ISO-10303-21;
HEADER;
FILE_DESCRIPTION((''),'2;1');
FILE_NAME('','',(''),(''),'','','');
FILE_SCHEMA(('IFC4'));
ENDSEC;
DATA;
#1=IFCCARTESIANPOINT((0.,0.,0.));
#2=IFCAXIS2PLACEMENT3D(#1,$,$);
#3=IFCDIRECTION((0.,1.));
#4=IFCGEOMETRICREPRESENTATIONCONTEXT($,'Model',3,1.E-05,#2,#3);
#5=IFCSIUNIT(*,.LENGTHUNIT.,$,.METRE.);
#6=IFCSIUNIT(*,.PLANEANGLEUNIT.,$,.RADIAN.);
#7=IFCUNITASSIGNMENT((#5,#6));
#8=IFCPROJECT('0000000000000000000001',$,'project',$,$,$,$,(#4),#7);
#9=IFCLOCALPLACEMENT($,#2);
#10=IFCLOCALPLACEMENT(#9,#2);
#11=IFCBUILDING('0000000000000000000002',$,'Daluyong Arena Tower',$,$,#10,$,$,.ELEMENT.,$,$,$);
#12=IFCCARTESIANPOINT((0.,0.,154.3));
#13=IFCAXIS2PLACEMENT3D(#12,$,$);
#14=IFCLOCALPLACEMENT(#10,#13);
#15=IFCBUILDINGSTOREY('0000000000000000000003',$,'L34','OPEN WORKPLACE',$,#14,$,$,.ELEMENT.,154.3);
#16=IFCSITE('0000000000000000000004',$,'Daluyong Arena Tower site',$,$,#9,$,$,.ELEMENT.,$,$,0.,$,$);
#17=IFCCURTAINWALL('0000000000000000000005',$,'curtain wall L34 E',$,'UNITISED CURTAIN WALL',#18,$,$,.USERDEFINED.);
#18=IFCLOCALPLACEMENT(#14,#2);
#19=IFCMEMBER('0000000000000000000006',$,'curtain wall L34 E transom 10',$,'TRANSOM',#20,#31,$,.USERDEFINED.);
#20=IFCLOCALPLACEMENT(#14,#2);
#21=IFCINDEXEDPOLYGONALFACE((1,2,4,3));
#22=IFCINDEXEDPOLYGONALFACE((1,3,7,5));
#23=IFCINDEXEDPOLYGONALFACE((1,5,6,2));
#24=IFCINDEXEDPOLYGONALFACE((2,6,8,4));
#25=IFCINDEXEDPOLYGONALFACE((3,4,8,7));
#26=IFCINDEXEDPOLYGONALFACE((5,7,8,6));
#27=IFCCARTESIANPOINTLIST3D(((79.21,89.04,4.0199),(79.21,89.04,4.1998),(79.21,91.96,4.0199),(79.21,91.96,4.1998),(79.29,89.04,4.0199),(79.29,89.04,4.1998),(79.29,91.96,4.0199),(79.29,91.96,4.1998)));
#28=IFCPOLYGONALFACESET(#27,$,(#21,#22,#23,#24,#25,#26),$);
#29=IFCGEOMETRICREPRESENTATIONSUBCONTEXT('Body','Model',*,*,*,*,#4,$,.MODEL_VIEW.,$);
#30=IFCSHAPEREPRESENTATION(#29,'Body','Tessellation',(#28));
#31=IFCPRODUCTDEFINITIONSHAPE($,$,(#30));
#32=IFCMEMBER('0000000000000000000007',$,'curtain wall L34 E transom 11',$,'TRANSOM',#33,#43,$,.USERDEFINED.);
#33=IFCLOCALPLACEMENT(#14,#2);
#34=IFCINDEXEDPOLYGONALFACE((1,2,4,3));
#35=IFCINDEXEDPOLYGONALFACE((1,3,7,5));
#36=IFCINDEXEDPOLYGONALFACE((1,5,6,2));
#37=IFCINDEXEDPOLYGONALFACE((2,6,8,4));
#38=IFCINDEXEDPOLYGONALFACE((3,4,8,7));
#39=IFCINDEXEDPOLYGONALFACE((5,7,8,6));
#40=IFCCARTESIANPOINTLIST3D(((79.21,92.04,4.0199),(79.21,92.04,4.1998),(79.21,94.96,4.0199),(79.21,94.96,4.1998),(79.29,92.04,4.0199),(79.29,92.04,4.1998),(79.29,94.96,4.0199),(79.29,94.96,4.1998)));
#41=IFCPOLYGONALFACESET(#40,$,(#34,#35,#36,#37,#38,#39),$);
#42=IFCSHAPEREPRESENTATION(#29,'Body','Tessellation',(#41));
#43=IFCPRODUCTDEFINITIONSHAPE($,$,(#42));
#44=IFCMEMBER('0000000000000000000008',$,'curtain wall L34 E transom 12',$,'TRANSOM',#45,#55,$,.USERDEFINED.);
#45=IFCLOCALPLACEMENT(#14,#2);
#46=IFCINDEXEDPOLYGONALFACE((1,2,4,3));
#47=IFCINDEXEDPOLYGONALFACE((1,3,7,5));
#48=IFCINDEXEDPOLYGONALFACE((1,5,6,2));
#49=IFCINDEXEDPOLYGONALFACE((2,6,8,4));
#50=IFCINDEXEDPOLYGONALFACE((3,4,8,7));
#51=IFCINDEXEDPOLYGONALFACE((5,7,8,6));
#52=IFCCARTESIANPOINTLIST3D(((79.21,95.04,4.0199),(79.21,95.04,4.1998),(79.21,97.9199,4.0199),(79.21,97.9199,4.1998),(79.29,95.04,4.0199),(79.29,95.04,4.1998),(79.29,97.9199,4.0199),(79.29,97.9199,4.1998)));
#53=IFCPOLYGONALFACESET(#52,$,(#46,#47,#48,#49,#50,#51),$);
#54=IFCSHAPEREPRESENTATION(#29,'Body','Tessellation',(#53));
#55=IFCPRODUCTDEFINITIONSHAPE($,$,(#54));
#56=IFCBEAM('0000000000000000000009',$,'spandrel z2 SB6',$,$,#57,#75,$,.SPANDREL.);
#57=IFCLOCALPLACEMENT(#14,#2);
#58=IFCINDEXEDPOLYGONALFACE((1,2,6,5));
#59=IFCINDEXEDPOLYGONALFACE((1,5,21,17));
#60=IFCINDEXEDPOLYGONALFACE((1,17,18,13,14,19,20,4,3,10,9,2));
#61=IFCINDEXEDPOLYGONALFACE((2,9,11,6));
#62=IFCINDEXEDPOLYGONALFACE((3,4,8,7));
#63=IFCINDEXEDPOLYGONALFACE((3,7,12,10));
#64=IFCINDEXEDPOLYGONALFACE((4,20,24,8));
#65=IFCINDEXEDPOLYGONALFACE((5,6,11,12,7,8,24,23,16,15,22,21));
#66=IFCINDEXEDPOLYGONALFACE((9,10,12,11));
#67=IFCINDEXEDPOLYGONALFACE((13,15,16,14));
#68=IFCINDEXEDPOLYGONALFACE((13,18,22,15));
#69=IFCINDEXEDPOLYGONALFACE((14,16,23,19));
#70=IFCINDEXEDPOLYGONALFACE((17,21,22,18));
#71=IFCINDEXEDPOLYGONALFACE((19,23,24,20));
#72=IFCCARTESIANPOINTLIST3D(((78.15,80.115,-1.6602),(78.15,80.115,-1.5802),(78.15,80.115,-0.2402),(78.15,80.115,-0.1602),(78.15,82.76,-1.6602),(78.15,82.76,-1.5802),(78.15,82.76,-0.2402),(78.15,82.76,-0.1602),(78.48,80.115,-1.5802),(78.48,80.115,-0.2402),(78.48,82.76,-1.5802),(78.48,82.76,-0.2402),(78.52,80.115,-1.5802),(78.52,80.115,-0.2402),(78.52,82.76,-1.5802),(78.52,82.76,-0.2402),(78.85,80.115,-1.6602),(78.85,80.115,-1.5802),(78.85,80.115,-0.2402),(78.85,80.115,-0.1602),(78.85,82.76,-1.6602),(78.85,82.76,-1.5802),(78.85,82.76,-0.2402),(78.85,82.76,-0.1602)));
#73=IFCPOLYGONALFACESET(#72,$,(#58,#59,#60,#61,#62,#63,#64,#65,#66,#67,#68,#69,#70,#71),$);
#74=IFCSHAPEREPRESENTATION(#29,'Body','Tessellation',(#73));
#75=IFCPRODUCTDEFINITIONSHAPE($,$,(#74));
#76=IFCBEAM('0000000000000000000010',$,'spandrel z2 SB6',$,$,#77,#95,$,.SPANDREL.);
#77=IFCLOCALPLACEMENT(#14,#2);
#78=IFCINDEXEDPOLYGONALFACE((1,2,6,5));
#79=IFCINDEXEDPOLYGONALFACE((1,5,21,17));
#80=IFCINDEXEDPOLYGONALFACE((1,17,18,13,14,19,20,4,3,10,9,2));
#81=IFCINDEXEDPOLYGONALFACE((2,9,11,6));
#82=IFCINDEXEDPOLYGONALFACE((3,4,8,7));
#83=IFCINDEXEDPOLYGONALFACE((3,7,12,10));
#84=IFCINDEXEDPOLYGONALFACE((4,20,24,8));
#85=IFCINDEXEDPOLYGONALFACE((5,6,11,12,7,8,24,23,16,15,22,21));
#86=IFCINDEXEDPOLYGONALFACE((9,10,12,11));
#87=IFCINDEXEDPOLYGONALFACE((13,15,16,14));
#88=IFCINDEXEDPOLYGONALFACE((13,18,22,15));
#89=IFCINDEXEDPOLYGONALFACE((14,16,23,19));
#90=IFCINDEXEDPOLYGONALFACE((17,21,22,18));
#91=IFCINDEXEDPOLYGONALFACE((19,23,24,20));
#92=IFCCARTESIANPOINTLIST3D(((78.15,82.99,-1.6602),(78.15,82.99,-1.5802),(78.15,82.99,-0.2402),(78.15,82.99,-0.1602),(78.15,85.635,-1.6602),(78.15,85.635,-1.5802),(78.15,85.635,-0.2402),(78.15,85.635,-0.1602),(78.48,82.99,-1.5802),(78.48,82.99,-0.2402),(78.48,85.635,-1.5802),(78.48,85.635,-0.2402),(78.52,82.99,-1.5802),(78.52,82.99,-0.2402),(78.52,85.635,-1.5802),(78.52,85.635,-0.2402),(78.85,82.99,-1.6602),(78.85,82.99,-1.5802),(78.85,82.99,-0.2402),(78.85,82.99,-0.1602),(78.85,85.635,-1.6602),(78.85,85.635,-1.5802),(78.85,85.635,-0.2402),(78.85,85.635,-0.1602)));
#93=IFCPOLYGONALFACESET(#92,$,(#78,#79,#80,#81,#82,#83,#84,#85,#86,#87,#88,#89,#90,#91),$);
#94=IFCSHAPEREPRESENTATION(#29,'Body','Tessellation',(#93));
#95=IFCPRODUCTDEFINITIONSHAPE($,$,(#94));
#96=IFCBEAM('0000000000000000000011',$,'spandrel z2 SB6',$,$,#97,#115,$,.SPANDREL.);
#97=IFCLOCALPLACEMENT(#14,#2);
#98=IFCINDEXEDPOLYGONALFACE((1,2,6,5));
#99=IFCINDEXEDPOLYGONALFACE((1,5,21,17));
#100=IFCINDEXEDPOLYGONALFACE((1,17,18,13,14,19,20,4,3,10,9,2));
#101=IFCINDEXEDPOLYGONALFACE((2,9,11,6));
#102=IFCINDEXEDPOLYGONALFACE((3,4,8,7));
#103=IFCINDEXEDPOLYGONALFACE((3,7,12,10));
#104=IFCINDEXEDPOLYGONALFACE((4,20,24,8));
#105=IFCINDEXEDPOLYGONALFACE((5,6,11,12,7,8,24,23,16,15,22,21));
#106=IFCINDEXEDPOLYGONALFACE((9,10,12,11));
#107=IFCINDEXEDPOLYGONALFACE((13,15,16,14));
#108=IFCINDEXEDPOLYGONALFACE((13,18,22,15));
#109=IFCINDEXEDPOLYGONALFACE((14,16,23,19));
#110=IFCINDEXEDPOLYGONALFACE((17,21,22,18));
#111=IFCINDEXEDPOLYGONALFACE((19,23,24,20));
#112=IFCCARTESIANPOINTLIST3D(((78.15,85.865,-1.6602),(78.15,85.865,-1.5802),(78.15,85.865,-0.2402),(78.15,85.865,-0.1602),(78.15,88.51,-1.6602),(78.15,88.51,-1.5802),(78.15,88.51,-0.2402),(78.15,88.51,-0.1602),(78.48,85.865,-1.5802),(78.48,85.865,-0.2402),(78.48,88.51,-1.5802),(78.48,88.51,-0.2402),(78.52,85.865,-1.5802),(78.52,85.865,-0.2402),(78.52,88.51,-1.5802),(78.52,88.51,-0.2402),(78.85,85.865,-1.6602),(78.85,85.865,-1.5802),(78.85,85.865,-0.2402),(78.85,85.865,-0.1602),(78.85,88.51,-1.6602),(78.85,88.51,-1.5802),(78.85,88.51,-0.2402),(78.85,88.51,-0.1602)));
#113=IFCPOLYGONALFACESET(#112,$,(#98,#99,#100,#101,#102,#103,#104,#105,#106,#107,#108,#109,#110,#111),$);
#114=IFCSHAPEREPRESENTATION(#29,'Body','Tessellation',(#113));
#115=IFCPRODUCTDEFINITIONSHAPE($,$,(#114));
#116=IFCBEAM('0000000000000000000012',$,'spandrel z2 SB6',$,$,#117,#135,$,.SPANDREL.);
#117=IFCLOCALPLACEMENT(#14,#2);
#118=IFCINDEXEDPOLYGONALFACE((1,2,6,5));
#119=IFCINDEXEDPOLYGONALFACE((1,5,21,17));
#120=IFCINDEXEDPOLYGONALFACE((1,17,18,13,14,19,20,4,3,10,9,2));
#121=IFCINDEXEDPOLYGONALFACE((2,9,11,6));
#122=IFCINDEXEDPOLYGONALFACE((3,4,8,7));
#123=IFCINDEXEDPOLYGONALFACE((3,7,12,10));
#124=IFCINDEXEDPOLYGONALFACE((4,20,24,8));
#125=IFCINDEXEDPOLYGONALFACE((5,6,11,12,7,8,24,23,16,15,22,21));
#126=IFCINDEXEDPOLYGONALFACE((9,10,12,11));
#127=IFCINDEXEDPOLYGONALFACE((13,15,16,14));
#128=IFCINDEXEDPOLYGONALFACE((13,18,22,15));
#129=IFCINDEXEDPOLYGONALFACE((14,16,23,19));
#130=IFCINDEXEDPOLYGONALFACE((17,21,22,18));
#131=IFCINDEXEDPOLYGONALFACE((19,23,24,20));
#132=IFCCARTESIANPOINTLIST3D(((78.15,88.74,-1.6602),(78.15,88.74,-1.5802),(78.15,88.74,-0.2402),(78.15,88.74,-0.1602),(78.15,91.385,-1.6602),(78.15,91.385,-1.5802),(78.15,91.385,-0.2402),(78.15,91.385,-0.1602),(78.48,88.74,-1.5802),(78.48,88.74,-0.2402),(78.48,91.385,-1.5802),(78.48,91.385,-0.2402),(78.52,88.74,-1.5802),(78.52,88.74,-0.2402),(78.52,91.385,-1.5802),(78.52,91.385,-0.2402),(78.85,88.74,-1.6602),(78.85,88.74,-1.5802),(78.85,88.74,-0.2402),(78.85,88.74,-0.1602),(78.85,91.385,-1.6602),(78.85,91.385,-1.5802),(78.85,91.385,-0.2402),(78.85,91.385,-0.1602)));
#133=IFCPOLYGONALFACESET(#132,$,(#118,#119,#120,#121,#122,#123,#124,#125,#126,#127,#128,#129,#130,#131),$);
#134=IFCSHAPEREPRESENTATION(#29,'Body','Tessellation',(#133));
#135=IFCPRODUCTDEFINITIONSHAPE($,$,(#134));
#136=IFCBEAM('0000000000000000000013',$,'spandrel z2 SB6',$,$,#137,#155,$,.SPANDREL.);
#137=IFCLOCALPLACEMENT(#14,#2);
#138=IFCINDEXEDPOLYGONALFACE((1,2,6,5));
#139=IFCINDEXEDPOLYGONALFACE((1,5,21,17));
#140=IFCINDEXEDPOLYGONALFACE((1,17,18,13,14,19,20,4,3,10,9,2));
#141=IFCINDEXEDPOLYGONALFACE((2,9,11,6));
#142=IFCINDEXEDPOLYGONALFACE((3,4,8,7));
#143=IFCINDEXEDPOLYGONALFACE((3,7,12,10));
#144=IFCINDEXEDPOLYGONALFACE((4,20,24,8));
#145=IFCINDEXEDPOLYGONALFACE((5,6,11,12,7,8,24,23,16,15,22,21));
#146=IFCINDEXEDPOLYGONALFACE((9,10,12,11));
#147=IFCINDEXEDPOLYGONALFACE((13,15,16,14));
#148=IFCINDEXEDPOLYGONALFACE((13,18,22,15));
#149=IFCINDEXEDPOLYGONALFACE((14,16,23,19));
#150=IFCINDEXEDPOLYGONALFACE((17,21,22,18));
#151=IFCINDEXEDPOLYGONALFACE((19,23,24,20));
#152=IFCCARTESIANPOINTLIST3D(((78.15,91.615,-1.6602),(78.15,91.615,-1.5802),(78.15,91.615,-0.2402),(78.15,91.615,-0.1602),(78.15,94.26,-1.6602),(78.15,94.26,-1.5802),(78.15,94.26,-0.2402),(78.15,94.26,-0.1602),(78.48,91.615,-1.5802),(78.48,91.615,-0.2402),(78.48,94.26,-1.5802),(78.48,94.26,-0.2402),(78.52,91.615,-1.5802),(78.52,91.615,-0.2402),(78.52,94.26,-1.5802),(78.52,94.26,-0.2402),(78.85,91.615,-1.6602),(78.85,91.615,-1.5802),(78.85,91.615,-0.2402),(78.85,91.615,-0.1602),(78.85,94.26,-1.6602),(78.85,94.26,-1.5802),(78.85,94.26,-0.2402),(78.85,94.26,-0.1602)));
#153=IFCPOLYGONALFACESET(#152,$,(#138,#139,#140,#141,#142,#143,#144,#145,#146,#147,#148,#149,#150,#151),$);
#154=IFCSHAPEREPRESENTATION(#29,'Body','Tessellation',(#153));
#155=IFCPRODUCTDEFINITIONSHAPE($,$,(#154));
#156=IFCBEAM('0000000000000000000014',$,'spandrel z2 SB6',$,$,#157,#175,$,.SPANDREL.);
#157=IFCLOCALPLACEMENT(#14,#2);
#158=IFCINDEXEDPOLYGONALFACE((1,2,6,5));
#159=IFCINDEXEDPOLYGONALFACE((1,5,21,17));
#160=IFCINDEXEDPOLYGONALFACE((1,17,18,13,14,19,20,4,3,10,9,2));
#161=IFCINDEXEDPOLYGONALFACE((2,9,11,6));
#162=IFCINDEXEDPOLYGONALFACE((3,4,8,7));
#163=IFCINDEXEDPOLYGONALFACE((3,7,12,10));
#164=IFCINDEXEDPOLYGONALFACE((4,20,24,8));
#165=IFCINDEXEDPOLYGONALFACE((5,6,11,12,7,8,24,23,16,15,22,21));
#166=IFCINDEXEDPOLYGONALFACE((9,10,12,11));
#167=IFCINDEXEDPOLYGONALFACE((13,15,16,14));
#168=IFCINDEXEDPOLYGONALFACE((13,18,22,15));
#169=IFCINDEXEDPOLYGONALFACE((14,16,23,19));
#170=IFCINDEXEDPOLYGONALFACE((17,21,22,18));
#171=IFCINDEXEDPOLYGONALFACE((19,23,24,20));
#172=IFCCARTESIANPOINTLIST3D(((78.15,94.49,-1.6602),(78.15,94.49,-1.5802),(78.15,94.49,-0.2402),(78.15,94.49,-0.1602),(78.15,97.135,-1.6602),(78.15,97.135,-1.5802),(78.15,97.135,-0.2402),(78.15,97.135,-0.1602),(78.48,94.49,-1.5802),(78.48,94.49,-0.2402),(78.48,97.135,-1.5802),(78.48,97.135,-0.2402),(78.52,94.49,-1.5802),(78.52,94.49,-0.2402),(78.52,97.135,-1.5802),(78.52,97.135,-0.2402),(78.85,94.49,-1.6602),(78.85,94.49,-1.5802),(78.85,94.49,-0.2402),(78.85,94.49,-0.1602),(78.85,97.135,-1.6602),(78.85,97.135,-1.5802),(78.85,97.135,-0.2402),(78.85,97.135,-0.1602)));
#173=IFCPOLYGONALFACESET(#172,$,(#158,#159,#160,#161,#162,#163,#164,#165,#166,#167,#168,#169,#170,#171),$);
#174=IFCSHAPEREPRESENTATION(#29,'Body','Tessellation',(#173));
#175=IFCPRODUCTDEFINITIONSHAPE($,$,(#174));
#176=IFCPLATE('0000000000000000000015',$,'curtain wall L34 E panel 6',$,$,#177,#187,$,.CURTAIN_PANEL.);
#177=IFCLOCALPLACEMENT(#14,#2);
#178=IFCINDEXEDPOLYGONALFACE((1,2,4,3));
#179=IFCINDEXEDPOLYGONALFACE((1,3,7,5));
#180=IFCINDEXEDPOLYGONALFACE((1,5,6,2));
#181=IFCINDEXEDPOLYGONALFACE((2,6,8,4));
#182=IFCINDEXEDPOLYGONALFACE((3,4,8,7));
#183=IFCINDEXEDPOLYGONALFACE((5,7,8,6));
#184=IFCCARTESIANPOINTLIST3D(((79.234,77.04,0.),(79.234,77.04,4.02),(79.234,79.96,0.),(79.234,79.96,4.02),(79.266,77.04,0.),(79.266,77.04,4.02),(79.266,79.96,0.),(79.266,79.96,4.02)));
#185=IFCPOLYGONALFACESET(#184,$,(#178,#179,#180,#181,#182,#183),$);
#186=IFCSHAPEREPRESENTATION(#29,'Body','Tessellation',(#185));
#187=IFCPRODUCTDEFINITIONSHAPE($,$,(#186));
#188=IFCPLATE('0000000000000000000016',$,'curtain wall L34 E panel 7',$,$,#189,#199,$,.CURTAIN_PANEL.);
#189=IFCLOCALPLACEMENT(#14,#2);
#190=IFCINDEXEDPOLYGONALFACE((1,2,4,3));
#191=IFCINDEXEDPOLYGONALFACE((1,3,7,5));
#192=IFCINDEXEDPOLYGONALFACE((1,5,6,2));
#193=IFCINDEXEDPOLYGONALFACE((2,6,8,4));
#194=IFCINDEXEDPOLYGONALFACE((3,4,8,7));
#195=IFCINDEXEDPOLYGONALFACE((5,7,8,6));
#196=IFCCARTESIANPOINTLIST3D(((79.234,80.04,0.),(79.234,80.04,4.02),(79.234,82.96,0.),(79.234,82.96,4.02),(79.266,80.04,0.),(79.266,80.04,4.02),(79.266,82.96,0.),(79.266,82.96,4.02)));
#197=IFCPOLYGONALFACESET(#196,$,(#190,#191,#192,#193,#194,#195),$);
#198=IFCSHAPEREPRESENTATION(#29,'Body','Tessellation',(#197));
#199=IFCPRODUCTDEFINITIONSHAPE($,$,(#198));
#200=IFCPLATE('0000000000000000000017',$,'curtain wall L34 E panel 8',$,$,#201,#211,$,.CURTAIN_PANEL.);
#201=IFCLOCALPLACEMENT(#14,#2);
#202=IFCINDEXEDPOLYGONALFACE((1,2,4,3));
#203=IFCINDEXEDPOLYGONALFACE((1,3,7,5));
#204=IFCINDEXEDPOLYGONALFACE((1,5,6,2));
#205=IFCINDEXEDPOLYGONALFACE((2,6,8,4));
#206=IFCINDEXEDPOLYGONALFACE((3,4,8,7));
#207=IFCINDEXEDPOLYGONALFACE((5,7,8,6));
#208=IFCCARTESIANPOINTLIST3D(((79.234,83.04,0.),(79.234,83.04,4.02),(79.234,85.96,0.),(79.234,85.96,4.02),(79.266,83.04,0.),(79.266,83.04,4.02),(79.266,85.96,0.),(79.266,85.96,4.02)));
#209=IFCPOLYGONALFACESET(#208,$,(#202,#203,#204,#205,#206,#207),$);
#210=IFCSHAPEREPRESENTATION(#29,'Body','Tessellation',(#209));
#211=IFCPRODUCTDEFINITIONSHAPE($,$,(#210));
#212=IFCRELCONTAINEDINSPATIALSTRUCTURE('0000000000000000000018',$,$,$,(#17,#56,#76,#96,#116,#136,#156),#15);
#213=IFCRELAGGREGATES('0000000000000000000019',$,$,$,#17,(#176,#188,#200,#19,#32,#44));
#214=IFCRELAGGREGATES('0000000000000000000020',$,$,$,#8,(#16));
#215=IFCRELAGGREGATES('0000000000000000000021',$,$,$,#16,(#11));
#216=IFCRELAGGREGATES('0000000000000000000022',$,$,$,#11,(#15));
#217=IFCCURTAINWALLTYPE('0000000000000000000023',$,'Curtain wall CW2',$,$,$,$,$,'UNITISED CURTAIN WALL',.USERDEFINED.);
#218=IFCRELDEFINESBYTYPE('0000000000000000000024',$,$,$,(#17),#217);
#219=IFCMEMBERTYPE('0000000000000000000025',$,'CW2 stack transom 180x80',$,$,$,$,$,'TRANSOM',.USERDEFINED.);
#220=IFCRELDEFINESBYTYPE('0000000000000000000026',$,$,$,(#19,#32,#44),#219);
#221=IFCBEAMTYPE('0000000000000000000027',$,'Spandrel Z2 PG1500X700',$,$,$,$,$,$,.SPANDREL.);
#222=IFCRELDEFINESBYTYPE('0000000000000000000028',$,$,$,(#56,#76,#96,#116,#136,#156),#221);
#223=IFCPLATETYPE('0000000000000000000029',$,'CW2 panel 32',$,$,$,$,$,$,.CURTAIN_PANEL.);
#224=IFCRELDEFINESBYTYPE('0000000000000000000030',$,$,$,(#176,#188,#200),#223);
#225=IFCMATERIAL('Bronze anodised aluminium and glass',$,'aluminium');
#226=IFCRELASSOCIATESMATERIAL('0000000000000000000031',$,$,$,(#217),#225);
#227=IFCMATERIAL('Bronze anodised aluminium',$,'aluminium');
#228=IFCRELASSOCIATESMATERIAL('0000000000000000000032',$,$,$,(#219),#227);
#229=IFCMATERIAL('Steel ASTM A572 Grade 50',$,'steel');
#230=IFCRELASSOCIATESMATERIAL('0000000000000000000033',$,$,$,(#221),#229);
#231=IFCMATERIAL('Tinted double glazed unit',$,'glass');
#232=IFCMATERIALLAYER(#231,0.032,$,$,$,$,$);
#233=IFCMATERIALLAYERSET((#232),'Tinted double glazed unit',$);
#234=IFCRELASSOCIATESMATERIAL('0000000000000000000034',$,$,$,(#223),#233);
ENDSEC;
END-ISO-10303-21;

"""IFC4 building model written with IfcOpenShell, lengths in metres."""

from ifc_helpers import new_model, si_unit, direction, frame, origin, origin_2d, place, context, subcontext, project, spatial, rectangle, i_section, extrude, material, layer, layer_set, material_profile, profile_set, type_object, element, aggregate, save


model = new_model("IFC4")

# Units and contexts
model_context = context("Model", 3, precision=1e-05, world=origin(), true_north=direction((0.0, 1.0)))
body_context = subcontext(model_context, "Body", "Model", "MODEL_VIEW")
ifc_project = project(units=[si_unit("LENGTHUNIT", "METRE"), si_unit("PLANEANGLEUNIT", "RADIAN")], contexts=[model_context])

# Site, building, storey
site_placement = place(None, origin())
site = spatial("IfcSite", under=ifc_project, at=site_placement, Name="Daluyong Arena Tower site", CompositionType="ELEMENT", RefElevation=0.0)
building_placement = place(site_placement, origin())
building = spatial("IfcBuilding", under=site, at=building_placement, Name="Daluyong Arena Tower", CompositionType="ELEMENT")
storey_placement = place(building_placement, frame((0.0, 0.0, 154.3)))
storey = spatial("IfcBuildingStorey", under=building, at=storey_placement, Name="L34", Description="OPEN WORKPLACE", CompositionType="ELEMENT", Elevation=154.3)

# Curtain wall, members
ifc_material_1 = material(Name="Bronze anodised aluminium and glass", Category="aluminium")
curtain_wall_type = type_object("IfcCurtainWallType", Name="Curtain wall CW2", ElementType="UNITISED CURTAIN WALL", PredefinedType="USERDEFINED", material=ifc_material_1)
curtain_wall_placement = place(storey_placement, origin())
curtain_wall = element("IfcCurtainWall", 1, at=curtain_wall_placement, inside=storey, type_object=curtain_wall_type, Name="curtain wall L34 E", ObjectType="UNITISED CURTAIN WALL", PredefinedType="USERDEFINED")
ifc_material_2 = material(Name="Bronze anodised aluminium", Category="aluminium")
ifc_material_profile_1 = material_profile(ifc_material_2, rectangle(XDim=0.0801, YDim=0.1799, at=origin_2d()))
ifc_profile_set_1 = profile_set([ifc_material_profile_1], Name="Bronze anodised aluminium")
member_type_1 = type_object("IfcMemberType", Name="CW2 stack transom 180x80", ElementType="TRANSOM", PredefinedType="USERDEFINED", material=ifc_profile_set_1)
member_1_placement = place(storey_placement, frame((79.25, 89.04, 4.1099), z_axis=(0.0, 1.0, 0.0), x_axis=(-1.0, 0.0, 0.0)))
member_1 = element("IfcMember", 2, at=member_1_placement, type_object=member_type_1, Name="curtain wall L34 E transom 10", ObjectType="TRANSOM", PredefinedType="USERDEFINED", context=body_context, shape_type="SweptSolid", body=[
    extrude(rectangle(XDim=0.0801, YDim=0.1799, at=origin_2d()), origin(), (0.0, 0.0, 1.0), 2.9199),
])
member_2_placement = place(storey_placement, frame((79.25, 92.04, 4.1099), z_axis=(0.0, 1.0, 0.0), x_axis=(-1.0, 0.0, 0.0)))
member_2 = element("IfcMember", 3, at=member_2_placement, type_object=member_type_1, Name="curtain wall L34 E transom 11", ObjectType="TRANSOM", PredefinedType="USERDEFINED", context=body_context, shape_type="SweptSolid", body=[
    extrude(rectangle(XDim=0.0801, YDim=0.1799, at=origin_2d()), origin(), (0.0, 0.0, 1.0), 2.9199),
])
member_3_placement = place(storey_placement, frame((79.25, 95.04, 4.1099), z_axis=(0.0, 1.0, 0.0), x_axis=(-1.0, 0.0, 0.0)))
member_3 = element("IfcMember", 4, at=member_3_placement, type_object=member_type_1, Name="curtain wall L34 E transom 12", ObjectType="TRANSOM", PredefinedType="USERDEFINED", context=body_context, shape_type="SweptSolid", body=[
    extrude(rectangle(XDim=0.0801, YDim=0.1799, at=origin_2d()), origin(), (0.0, 0.0, 1.0), 2.8799),
])

# Beams
ifc_material_3 = material(Name="Steel ASTM A572 Grade 50", Category="steel")
ifc_material_profile_2 = material_profile(ifc_material_3, i_section(OverallWidth=0.7, OverallDepth=1.5, WebThickness=0.04, FlangeThickness=0.08, at=origin_2d()))
ifc_profile_set_2 = profile_set([ifc_material_profile_2], Name="Steel ASTM A572 Grade 50")
beam_type = type_object("IfcBeamType", Name="Spandrel Z2 PG1500X700", PredefinedType="SPANDREL", material=ifc_profile_set_2)
for number, where, z_axis, x_axis, name in (
    (5, (78.5, 80.115, -0.9102), (0.0, 1.0, 0.0), (-1.0, 0.0, 0.0), "spandrel z2 SB6"),
    (6, (78.5, 82.99, -0.9102), (0.0, 1.0, 0.0), (-1.0, 0.0, 0.0), "spandrel z2 SB6"),
    (7, (78.5, 85.865, -0.9102), (0.0, 1.0, 0.0), (-1.0, 0.0, 0.0), "spandrel z2 SB6"),
    (8, (78.5, 88.74, -0.9102), (0.0, 1.0, 0.0), (-1.0, 0.0, 0.0), "spandrel z2 SB6"),
    (9, (78.5, 91.615, -0.9102), (0.0, 1.0, 0.0), (-1.0, 0.0, 0.0), "spandrel z2 SB6"),
    (10, (78.5, 94.49, -0.9102), (0.0, 1.0, 0.0), (-1.0, 0.0, 0.0), "spandrel z2 SB6"),
):
    element("IfcBeam", number, at=place(storey_placement, frame(where, z_axis=z_axis, x_axis=x_axis)), inside=storey, type_object=beam_type, Name=name, PredefinedType="SPANDREL", context=body_context, shape_type="SweptSolid", body=[
        extrude(i_section(OverallWidth=0.7, OverallDepth=1.5, WebThickness=0.04, FlangeThickness=0.08, at=origin_2d()), origin(), (0.0, 0.0, 1.0), 2.645),
    ])

# Plates
ifc_material_4 = material(Name="Tinted double glazed unit", Category="glass")
ifc_layer = layer(ifc_material_4, 0.032)
ifc_layer_set = layer_set([ifc_layer], Name="Tinted double glazed unit")
plate_type = type_object("IfcPlateType", Name="CW2 panel 32", PredefinedType="CURTAIN_PANEL", material=ifc_layer_set)
plate_1_placement = place(storey_placement, frame((79.25, 78.5, 0.0), z_axis=(0.0, 0.0, 1.0), x_axis=(0.0, 1.0, 0.0)))
plate_1 = element("IfcPlate", 11, at=plate_1_placement, type_object=plate_type, Name="curtain wall L34 E panel 6", PredefinedType="CURTAIN_PANEL", context=body_context, shape_type="SweptSolid", body=[
    extrude(rectangle(XDim=2.9199, YDim=0.032, at=origin_2d()), origin(), (0.0, 0.0, 1.0), 4.02),
])
plate_2_placement = place(storey_placement, frame((79.25, 81.5, 0.0), z_axis=(0.0, 0.0, 1.0), x_axis=(0.0, 1.0, 0.0)))
plate_2 = element("IfcPlate", 12, at=plate_2_placement, type_object=plate_type, Name="curtain wall L34 E panel 7", PredefinedType="CURTAIN_PANEL", context=body_context, shape_type="SweptSolid", body=[
    extrude(rectangle(XDim=2.9199, YDim=0.032, at=origin_2d()), origin(), (0.0, 0.0, 1.0), 4.02),
])
plate_3_placement = place(storey_placement, frame((79.25, 84.5, 0.0), z_axis=(0.0, 0.0, 1.0), x_axis=(0.0, 1.0, 0.0)))
plate_3 = element("IfcPlate", 13, at=plate_3_placement, type_object=plate_type, Name="curtain wall L34 E panel 8", PredefinedType="CURTAIN_PANEL", context=body_context, shape_type="SweptSolid", body=[
    extrude(rectangle(XDim=2.9199, YDim=0.032, at=origin_2d()), origin(), (0.0, 0.0, 1.0), 4.02),
])
aggregate(curtain_wall, [plate_1, plate_2, plate_3, member_1, member_2, member_3])

save(model, "model.ifc")
